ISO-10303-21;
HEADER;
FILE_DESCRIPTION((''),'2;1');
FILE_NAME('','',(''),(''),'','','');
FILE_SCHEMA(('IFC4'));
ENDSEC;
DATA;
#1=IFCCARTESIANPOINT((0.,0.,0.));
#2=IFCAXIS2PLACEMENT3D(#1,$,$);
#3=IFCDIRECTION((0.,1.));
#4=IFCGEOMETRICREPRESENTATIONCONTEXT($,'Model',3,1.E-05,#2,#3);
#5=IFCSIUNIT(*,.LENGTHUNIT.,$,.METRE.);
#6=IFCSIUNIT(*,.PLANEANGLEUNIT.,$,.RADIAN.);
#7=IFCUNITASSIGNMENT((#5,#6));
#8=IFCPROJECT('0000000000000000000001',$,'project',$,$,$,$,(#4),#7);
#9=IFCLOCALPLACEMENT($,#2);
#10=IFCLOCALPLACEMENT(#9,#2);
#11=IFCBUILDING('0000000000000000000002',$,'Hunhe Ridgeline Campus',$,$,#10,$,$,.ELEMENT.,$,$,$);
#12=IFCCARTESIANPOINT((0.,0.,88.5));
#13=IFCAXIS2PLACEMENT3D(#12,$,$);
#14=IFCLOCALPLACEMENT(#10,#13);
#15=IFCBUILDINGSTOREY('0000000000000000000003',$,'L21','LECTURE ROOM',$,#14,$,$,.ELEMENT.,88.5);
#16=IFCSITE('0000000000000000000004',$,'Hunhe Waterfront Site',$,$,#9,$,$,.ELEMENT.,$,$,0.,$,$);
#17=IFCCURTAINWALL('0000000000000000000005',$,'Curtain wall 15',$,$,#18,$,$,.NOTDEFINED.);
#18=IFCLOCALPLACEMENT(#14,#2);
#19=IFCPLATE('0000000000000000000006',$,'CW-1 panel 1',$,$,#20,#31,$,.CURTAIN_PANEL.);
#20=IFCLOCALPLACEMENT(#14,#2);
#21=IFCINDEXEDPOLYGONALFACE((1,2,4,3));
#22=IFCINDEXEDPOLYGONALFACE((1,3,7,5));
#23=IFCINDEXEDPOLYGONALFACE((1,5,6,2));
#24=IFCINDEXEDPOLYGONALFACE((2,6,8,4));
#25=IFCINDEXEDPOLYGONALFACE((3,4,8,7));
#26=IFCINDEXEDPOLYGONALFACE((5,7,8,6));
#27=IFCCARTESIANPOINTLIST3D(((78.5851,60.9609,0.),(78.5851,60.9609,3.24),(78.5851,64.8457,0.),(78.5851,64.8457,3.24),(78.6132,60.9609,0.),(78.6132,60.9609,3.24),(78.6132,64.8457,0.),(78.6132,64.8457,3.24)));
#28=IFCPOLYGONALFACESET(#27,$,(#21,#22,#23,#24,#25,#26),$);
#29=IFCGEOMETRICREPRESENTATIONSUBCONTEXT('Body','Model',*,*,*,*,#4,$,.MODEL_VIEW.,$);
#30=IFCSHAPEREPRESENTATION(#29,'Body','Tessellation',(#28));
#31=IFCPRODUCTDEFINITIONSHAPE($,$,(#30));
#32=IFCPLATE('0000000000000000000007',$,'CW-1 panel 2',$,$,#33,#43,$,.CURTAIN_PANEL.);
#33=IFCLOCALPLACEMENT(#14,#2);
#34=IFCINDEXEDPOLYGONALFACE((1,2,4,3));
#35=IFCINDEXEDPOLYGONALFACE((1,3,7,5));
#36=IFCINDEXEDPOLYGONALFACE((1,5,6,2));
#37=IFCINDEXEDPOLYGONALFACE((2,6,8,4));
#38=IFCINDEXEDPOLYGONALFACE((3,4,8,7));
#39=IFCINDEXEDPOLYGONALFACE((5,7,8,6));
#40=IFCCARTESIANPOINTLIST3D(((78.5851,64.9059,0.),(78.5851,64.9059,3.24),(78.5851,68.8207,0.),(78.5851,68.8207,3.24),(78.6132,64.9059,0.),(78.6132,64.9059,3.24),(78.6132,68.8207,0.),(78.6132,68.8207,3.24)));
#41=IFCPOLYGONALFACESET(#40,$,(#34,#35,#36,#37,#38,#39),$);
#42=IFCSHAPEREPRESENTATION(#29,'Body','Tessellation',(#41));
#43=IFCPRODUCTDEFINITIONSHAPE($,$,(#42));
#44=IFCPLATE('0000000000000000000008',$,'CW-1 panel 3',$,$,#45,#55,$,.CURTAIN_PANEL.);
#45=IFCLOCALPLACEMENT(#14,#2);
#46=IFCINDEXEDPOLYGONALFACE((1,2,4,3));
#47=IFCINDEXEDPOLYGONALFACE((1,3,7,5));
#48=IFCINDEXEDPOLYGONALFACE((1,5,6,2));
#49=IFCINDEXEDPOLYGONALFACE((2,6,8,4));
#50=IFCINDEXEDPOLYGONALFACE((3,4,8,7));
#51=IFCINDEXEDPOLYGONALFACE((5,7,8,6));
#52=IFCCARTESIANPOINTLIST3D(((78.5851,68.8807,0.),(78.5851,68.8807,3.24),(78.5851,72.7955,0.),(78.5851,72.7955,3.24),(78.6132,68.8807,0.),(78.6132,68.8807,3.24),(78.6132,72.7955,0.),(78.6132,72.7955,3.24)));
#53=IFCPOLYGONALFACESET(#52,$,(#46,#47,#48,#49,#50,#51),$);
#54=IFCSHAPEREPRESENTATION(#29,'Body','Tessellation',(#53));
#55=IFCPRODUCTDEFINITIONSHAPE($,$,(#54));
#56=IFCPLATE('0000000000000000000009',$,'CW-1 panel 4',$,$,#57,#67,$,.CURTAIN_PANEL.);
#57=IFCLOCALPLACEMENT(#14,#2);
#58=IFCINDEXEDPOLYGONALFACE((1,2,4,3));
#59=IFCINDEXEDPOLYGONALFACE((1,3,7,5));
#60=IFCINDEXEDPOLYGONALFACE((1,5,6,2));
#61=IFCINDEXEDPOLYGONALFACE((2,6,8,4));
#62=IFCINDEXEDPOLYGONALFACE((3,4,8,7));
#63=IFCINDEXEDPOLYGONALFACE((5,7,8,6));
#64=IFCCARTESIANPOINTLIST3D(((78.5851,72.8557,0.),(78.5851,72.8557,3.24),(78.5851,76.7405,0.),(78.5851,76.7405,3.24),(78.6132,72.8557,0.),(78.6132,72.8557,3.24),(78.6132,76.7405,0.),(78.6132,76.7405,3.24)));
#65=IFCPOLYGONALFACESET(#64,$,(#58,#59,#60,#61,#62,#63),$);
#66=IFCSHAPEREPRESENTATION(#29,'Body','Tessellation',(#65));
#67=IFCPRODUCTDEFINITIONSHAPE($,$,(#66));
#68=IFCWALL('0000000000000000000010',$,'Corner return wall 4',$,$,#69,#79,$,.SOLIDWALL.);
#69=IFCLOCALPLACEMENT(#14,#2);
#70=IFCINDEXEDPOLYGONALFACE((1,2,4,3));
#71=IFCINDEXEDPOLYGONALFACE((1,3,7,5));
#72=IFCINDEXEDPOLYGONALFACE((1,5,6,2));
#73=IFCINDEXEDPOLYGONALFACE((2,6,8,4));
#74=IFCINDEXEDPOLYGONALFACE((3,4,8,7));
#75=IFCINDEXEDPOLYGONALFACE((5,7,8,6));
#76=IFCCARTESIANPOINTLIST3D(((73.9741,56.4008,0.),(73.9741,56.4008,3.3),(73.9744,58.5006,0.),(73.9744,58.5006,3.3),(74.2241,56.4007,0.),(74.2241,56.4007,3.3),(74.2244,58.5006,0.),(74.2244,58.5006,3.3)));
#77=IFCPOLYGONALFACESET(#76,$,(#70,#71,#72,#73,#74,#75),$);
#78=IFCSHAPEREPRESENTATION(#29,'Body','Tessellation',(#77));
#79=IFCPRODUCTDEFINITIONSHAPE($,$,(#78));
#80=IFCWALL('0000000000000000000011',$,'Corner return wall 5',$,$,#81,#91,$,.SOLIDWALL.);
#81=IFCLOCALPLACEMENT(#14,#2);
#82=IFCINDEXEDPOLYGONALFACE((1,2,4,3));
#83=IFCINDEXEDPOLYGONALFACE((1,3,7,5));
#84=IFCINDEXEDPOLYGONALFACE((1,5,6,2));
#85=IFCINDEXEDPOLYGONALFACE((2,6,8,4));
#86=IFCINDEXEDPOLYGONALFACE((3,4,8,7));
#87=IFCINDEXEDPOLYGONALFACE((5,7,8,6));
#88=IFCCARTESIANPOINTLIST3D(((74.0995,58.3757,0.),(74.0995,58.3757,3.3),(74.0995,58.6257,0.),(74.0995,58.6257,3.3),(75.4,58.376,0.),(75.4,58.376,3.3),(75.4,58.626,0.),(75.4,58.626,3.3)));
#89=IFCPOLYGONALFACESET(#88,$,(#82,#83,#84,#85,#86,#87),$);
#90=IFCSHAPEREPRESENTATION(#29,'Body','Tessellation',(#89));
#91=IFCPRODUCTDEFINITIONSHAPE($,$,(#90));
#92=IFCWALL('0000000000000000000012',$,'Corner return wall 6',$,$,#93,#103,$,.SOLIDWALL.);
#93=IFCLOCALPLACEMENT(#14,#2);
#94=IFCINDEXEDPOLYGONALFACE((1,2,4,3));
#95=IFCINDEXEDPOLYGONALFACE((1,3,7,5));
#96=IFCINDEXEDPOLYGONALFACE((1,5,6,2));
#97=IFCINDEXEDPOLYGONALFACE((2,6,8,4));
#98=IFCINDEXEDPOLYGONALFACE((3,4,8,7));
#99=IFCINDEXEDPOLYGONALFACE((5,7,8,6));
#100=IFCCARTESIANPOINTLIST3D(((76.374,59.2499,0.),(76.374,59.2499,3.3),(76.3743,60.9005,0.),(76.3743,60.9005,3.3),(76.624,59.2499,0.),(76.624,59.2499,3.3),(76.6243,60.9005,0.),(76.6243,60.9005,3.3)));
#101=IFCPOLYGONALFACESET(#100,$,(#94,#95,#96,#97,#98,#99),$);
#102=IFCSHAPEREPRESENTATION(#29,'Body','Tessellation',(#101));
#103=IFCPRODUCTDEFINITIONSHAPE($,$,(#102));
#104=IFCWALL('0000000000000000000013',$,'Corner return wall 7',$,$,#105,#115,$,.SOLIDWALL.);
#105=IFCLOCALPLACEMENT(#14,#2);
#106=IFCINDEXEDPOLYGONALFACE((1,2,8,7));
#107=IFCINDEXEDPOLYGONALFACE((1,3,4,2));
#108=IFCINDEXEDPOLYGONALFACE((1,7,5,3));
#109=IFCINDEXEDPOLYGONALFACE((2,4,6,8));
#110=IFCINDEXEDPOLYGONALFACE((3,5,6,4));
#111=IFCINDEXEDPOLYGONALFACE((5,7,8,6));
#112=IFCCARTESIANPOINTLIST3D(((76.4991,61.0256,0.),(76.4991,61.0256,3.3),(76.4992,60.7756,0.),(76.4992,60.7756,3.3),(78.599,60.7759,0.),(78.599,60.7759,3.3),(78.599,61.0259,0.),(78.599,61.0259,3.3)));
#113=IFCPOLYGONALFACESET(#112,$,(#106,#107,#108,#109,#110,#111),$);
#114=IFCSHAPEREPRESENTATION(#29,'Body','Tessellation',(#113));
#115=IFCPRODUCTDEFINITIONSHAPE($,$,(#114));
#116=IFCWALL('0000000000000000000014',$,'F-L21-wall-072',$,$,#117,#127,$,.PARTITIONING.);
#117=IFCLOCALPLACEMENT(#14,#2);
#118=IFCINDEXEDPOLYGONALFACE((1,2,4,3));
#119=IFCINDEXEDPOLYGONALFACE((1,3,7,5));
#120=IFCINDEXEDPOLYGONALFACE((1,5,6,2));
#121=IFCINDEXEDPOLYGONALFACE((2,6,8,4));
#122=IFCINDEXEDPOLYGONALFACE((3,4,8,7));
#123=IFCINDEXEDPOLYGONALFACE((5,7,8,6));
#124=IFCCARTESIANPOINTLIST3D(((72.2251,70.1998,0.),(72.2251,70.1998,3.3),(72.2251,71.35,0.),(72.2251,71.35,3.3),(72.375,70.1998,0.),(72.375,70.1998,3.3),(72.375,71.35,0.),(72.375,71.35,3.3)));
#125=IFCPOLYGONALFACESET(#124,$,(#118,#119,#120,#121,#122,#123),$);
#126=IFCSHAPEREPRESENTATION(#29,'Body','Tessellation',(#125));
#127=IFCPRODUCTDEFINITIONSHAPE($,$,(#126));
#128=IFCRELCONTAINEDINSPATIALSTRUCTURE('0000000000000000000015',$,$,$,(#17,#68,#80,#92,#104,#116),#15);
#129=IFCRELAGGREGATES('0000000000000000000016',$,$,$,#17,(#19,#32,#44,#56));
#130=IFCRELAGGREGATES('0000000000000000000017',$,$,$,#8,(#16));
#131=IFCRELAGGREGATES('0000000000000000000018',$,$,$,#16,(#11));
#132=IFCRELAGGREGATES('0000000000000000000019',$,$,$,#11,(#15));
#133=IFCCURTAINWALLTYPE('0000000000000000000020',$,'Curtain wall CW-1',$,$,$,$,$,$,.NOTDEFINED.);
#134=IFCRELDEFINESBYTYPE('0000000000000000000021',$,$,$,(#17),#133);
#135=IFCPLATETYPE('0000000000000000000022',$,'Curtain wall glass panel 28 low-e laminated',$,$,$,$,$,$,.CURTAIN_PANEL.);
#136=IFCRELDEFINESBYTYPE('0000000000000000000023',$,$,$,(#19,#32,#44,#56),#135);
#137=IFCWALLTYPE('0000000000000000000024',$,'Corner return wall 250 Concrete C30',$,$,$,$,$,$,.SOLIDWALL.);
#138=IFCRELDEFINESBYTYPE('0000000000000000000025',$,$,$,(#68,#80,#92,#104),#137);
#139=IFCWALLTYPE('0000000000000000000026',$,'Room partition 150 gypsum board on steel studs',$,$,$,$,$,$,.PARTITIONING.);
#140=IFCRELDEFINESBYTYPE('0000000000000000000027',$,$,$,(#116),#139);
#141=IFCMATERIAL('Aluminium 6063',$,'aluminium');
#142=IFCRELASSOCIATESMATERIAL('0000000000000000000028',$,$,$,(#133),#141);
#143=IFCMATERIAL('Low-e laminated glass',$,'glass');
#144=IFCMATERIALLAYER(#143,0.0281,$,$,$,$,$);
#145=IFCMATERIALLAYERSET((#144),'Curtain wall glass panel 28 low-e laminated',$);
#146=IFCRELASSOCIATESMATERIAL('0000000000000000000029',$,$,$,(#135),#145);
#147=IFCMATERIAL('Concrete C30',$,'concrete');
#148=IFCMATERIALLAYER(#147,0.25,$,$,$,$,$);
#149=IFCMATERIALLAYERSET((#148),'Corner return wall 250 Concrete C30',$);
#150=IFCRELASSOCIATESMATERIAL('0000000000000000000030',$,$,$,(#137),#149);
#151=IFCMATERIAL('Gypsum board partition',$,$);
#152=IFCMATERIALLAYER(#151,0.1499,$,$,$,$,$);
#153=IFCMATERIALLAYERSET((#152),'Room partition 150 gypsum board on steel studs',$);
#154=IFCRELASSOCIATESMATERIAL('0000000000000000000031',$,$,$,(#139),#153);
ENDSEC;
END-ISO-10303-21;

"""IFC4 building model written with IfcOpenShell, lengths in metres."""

from ifc_helpers import new_model, si_unit, direction, frame, frame_2d, origin, origin_2d, place, context, subcontext, project, spatial, rectangle, extrude, material, layer, layer_set, type_object, element, aggregate, save


model = new_model("IFC4")

# Units and contexts
model_context = context("Model", 3, precision=1e-05, world=origin(), true_north=direction((0.0, 1.0)))
body_context = subcontext(model_context, "Body", "Model", "MODEL_VIEW")
ifc_project = project(units=[si_unit("LENGTHUNIT", "METRE"), si_unit("PLANEANGLEUNIT", "RADIAN")], contexts=[model_context])

# Site, building, storey
site_placement = place(None, origin())
site = spatial("IfcSite", under=ifc_project, at=site_placement, Name="Hunhe Waterfront Site", CompositionType="ELEMENT", RefElevation=0.0)
building_placement = place(site_placement, origin())
building = spatial("IfcBuilding", under=site, at=building_placement, Name="Hunhe Ridgeline Campus", CompositionType="ELEMENT")
storey_placement = place(building_placement, frame((0.0, 0.0, 88.5)))
storey = spatial("IfcBuildingStorey", under=building, at=storey_placement, Name="L21", Description="LECTURE ROOM", CompositionType="ELEMENT", Elevation=88.5)

# Shared definitions
ifc_material_1 = material(Name="Aluminium 6063", Category="aluminium")
curtain_wall_type = type_object("IfcCurtainWallType", Name="Curtain wall CW-1", PredefinedType="NOTDEFINED", material=ifc_material_1)

# Curtain wall
curtain_wall_1_placement = place(storey_placement, origin())
curtain_wall_1 = element("IfcCurtainWall", 1, at=curtain_wall_1_placement, inside=storey, type_object=curtain_wall_type, Name="Curtain wall 15", PredefinedType="NOTDEFINED")

# Plates
ifc_material_2 = material(Name="Low-e laminated glass", Category="glass")
ifc_layer_1 = layer(ifc_material_2, 0.0281)
ifc_layer_set_1 = layer_set([ifc_layer_1], Name="Curtain wall glass panel 28 low-e laminated")
plate_type = type_object("IfcPlateType", Name="Curtain wall glass panel 28 low-e laminated", PredefinedType="CURTAIN_PANEL", material=ifc_layer_set_1)
plate_1_placement = place(storey_placement, frame((78.5991, 62.9033, 0.0), z_axis=(0.0, 0.0, 1.0), x_axis=(0.0, 1.0, 0.0)))
plate_1 = element("IfcPlate", 2, at=plate_1_placement, type_object=plate_type, Name="CW-1 panel 1", PredefinedType="CURTAIN_PANEL", context=body_context, shape_type="SweptSolid", body=[
    extrude(rectangle(XDim=3.8848, YDim=0.0281, at=origin_2d()), origin(), (0.0, 0.0, 1.0), 3.24),
])
plate_2_placement = place(storey_placement, frame((78.5991, 66.8633, 0.0), z_axis=(0.0, 0.0, 1.0), x_axis=(0.0, 1.0, 0.0)))
plate_2 = element("IfcPlate", 3, at=plate_2_placement, type_object=plate_type, Name="CW-1 panel 2", PredefinedType="CURTAIN_PANEL", context=body_context, shape_type="SweptSolid", body=[
    extrude(rectangle(XDim=3.9148, YDim=0.0281, at=origin_2d()), origin(), (0.0, 0.0, 1.0), 3.24),
])
plate_3_placement = place(storey_placement, frame((78.5991, 70.8381, 0.0), z_axis=(0.0, 0.0, 1.0), x_axis=(0.0, 1.0, 0.0)))
plate_3 = element("IfcPlate", 4, at=plate_3_placement, type_object=plate_type, Name="CW-1 panel 3", PredefinedType="CURTAIN_PANEL", context=body_context, shape_type="SweptSolid", body=[
    extrude(rectangle(XDim=3.9148, YDim=0.0281, at=origin_2d()), origin(), (0.0, 0.0, 1.0), 3.24),
])
plate_4_placement = place(storey_placement, frame((78.5991, 74.7981, 0.0), z_axis=(0.0, 0.0, 1.0), x_axis=(0.0, 1.0, 0.0)))
plate_4 = element("IfcPlate", 5, at=plate_4_placement, type_object=plate_type, Name="CW-1 panel 4", PredefinedType="CURTAIN_PANEL", context=body_context, shape_type="SweptSolid", body=[
    extrude(rectangle(XDim=3.8848, YDim=0.0281, at=origin_2d()), origin(), (0.0, 0.0, 1.0), 3.24),
])
aggregate(curtain_wall_1, [plate_1, plate_2, plate_3, plate_4])

# Walls
ifc_material_3 = material(Name="Concrete C30", Category="concrete")
ifc_layer_2 = layer(ifc_material_3, 0.25)
ifc_layer_set_2 = layer_set([ifc_layer_2], Name="Corner return wall 250 Concrete C30")
wall_type_1 = type_object("IfcWallType", Name="Corner return wall 250 Concrete C30", PredefinedType="SOLIDWALL", material=ifc_layer_set_2)
wall_1_placement = place(storey_placement, frame((74.0991, 56.4009, 0.0), z_axis=(0.0, 0.0, 1.0), x_axis=(0.000116, 1.0, 0.0)))
element("IfcWall", 6, at=wall_1_placement, inside=storey, type_object=wall_type_1, Name="Corner return wall 4", PredefinedType="SOLIDWALL", context=body_context, shape_type="SweptSolid", body=[
    extrude(rectangle(XDim=2.0999, YDim=0.25, at=frame_2d((1.0498, 0.0))), origin(), (0.0, 0.0, 1.0), 3.3),
])
wall_2_placement = place(storey_placement, frame((74.0994, 58.5007, 0.0), z_axis=(0.0, 0.0, 1.0), x_axis=(1.0, 0.000188, 0.0)))
element("IfcWall", 7, at=wall_2_placement, inside=storey, type_object=wall_type_1, Name="Corner return wall 5", PredefinedType="SOLIDWALL", context=body_context, shape_type="SweptSolid", body=[
    extrude(rectangle(XDim=1.3005, YDim=0.25, at=frame_2d((0.6504, 0.0))), origin(), (0.0, 0.0, 1.0), 3.3),
])
wall_3_placement = place(storey_placement, frame((76.499, 59.25, 0.0), z_axis=(0.0, 0.0, 1.0), x_axis=(0.000148, 1.0, 0.0)))
element("IfcWall", 8, at=wall_3_placement, inside=storey, type_object=wall_type_1, Name="Corner return wall 6", PredefinedType="SOLIDWALL", context=body_context, shape_type="SweptSolid", body=[
    extrude(rectangle(XDim=1.6506, YDim=0.25, at=frame_2d((0.8252, 0.0))), origin(), (0.0, 0.0, 1.0), 3.3),
])
wall_4_placement = place(storey_placement, frame((76.4993, 60.9006, 0.0), z_axis=(0.0, 0.0, 1.0), x_axis=(1.0, 0.000116, 0.0)))
element("IfcWall", 9, at=wall_4_placement, inside=storey, type_object=wall_type_1, Name="Corner return wall 7", PredefinedType="SOLIDWALL", context=body_context, shape_type="SweptSolid", body=[
    extrude(rectangle(XDim=2.0999, YDim=0.25, at=frame_2d((1.0498, 0.0))), origin(), (0.0, 0.0, 1.0), 3.3),
])

# Shared definitions
ifc_material_4 = material(Name="Gypsum board partition")

# Wall
ifc_layer_3 = layer(ifc_material_4, 0.1499)
ifc_layer_set_3 = layer_set([ifc_layer_3], Name="Room partition 150 gypsum board on steel studs")
wall_type_2 = type_object("IfcWallType", Name="Room partition 150 gypsum board on steel studs", PredefinedType="PARTITIONING", material=ifc_layer_set_3)
wall_5_placement = place(storey_placement, frame((72.3, 71.3501, 0.0), z_axis=(0.0, 0.0, 1.0), x_axis=(0.0, -1.0, 0.0)))
element("IfcWall", 10, at=wall_5_placement, inside=storey, type_object=wall_type_2, Name="F-L21-wall-072", PredefinedType="PARTITIONING", context=body_context, shape_type="SweptSolid", body=[
    extrude(rectangle(XDim=1.1501, YDim=0.1499, at=frame_2d((0.5752, 0.0))), origin(), (0.0, 0.0, 1.0), 3.3),
])

save(model, "model.ifc")
